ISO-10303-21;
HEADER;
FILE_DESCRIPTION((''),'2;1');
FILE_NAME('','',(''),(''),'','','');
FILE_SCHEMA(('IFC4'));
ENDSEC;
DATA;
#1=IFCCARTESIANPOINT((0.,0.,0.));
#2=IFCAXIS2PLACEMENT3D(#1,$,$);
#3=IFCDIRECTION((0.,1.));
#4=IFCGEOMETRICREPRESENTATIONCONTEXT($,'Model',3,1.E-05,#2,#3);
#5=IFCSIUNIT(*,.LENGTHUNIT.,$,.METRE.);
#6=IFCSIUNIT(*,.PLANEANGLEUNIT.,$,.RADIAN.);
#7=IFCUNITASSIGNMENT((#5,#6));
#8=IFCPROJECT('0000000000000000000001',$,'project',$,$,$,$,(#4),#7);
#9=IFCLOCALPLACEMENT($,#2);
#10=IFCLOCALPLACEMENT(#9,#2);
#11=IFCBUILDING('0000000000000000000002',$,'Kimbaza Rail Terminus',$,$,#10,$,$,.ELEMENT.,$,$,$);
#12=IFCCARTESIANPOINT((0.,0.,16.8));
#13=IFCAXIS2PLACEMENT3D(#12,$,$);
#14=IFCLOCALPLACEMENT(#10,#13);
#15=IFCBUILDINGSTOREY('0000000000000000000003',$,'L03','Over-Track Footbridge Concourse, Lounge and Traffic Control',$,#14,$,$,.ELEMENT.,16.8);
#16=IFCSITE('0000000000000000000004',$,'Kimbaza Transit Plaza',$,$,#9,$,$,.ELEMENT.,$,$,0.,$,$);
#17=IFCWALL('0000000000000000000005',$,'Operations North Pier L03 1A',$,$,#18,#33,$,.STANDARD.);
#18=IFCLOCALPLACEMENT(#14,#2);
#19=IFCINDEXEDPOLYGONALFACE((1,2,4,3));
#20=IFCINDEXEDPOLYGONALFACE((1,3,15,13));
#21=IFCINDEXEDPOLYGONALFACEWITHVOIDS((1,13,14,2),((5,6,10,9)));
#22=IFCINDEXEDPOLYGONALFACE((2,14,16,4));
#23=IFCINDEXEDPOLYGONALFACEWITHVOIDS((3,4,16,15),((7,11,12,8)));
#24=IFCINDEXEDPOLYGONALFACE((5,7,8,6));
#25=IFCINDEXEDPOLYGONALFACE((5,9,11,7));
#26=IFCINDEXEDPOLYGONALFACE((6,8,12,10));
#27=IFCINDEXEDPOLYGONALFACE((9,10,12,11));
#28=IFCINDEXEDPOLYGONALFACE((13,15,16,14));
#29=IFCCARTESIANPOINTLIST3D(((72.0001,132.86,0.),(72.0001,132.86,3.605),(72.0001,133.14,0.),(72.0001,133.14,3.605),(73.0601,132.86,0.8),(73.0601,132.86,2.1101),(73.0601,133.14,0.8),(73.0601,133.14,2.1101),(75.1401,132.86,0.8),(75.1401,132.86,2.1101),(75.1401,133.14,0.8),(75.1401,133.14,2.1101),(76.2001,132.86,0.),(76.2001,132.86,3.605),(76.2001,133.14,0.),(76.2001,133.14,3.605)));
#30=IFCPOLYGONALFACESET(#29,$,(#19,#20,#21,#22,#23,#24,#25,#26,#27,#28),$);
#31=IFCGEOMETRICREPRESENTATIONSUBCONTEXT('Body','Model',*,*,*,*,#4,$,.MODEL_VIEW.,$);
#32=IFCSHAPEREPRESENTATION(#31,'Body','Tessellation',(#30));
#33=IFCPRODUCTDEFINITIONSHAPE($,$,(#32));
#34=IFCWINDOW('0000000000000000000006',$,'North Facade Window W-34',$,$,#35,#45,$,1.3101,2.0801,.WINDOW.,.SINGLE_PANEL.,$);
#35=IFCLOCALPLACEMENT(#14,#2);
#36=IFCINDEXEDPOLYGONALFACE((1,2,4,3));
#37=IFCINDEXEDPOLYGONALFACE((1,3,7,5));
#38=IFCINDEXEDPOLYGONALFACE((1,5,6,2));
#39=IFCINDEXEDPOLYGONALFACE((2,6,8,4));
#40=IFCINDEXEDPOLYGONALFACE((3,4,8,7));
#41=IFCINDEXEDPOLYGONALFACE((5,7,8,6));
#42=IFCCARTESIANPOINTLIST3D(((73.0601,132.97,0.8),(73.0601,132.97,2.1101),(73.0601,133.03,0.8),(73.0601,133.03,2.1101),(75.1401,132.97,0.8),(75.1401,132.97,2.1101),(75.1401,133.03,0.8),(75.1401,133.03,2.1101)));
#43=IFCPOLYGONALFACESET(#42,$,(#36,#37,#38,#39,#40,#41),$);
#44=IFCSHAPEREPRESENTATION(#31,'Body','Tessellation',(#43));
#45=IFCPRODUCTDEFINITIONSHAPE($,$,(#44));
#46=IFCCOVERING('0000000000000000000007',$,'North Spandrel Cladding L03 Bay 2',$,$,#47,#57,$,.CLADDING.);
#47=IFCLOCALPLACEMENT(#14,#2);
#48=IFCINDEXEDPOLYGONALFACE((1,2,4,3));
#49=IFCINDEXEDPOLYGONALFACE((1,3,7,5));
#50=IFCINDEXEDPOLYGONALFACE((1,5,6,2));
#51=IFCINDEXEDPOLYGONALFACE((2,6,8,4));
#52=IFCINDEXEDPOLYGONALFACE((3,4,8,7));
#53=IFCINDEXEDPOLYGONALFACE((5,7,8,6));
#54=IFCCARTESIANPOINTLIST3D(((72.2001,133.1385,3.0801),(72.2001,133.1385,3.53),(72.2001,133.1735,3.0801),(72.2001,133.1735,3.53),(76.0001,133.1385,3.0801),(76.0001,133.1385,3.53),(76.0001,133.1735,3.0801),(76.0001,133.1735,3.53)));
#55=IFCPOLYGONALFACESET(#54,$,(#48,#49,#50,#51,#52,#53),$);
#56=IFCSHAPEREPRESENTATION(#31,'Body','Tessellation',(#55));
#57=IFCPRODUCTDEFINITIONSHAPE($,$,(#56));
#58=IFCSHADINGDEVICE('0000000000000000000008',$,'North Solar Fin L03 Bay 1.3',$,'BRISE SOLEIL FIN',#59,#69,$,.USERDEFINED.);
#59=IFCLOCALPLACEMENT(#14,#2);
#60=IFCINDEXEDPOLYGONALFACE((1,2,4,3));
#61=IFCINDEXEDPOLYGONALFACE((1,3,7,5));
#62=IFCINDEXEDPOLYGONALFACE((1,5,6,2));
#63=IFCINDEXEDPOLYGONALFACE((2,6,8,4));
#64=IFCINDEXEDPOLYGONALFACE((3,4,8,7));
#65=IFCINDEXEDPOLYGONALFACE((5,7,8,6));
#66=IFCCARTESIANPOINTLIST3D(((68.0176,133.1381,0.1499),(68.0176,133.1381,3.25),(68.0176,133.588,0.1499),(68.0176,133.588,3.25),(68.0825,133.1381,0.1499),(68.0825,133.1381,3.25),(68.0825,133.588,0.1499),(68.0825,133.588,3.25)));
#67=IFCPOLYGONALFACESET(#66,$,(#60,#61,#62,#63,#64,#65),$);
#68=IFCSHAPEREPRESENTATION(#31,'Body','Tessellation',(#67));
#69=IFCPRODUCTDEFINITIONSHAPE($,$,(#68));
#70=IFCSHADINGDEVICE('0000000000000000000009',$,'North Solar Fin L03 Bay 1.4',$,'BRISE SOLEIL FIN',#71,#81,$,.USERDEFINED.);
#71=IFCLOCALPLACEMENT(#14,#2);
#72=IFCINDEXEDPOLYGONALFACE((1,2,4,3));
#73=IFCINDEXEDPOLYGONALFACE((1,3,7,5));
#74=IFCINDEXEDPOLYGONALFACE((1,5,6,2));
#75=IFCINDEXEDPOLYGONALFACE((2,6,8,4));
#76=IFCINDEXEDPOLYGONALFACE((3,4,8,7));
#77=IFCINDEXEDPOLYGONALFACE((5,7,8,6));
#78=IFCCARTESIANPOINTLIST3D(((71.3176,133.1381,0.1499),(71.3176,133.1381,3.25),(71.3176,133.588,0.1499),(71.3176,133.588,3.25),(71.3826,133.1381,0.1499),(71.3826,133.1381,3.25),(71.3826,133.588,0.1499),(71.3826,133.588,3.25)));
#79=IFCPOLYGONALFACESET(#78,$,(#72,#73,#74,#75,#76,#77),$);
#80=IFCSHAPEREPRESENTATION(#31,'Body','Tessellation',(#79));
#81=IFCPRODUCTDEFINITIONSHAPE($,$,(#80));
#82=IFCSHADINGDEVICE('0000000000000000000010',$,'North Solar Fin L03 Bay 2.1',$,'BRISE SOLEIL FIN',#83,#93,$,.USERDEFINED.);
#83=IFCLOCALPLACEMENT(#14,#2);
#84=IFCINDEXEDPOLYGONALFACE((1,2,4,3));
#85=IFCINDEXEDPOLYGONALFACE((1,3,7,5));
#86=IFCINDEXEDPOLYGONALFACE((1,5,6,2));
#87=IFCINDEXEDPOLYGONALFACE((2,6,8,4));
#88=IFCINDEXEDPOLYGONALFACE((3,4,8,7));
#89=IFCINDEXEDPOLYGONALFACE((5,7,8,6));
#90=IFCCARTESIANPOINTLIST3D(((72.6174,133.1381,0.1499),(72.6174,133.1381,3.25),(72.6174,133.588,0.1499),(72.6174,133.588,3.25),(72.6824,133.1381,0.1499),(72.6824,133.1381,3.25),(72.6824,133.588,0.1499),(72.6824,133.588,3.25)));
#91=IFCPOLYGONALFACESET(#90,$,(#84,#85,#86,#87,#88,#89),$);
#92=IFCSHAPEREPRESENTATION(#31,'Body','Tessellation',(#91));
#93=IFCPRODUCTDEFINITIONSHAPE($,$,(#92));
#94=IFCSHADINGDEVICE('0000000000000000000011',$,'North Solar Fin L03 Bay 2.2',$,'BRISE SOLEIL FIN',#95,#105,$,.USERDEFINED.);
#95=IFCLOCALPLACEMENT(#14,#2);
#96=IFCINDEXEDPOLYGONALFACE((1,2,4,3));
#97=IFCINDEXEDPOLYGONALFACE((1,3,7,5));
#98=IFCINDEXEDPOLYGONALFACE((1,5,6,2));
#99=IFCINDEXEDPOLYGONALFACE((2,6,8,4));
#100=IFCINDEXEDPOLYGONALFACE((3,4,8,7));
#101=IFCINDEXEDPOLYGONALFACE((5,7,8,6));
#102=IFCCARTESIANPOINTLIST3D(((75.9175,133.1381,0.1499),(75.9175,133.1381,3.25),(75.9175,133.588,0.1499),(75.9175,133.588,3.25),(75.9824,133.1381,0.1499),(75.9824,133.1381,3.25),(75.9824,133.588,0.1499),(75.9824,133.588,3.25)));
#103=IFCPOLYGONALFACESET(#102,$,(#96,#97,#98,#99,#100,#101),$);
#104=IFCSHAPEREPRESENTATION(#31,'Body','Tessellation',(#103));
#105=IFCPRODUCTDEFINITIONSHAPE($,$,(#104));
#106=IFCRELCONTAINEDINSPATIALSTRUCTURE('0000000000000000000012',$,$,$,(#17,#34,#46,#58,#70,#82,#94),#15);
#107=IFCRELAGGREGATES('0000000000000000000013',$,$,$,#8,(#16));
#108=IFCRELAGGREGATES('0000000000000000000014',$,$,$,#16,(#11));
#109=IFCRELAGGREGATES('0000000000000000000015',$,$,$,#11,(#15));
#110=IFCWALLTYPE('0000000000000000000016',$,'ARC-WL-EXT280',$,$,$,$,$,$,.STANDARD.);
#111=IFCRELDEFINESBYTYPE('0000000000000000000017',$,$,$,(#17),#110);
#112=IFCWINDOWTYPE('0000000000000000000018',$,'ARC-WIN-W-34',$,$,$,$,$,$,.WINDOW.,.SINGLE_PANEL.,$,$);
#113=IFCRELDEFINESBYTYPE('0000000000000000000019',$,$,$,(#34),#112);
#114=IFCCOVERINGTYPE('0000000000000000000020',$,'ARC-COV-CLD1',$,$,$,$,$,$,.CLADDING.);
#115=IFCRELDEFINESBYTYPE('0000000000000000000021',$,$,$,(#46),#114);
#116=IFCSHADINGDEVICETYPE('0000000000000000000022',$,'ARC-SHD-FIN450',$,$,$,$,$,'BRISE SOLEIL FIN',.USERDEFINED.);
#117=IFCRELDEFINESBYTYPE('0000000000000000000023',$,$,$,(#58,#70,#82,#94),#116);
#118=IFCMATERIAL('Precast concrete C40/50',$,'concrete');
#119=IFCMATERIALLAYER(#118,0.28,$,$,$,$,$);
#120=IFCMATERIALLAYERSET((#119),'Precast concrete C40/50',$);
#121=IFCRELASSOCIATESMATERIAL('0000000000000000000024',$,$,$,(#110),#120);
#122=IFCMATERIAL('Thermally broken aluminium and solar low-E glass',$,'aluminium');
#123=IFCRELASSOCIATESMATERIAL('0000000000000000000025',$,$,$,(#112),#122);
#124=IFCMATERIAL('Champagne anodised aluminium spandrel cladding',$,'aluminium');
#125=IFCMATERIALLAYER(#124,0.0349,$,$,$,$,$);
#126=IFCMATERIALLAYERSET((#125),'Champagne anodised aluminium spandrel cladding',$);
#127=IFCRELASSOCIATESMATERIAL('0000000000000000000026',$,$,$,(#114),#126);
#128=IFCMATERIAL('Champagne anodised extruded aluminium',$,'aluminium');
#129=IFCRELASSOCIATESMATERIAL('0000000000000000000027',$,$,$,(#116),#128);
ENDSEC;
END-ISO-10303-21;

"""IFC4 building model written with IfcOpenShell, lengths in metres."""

from ifc_helpers import new_model, si_unit, direction, frame, frame_2d, origin, origin_2d, place, context, subcontext, project, spatial, rectangle, extrude, material, layer, layer_set, type_object, element, fill, save


model = new_model("IFC4")

# Units and contexts
model_context = context("Model", 3, precision=1e-05, world=origin(), true_north=direction((0.0, 1.0)))
body_context = subcontext(model_context, "Body", "Model", "MODEL_VIEW")
ifc_project = project(units=[si_unit("LENGTHUNIT", "METRE"), si_unit("PLANEANGLEUNIT", "RADIAN")], contexts=[model_context])

# Site, building, storey
site_placement = place(None, origin())
site = spatial("IfcSite", under=ifc_project, at=site_placement, Name="Kimbaza Transit Plaza", CompositionType="ELEMENT", RefElevation=0.0)
building_placement = place(site_placement, origin())
building = spatial("IfcBuilding", under=site, at=building_placement, Name="Kimbaza Rail Terminus", CompositionType="ELEMENT")
storey_placement = place(building_placement, frame((0.0, 0.0, 16.8)))
storey = spatial("IfcBuildingStorey", under=building, at=storey_placement, Name="L03", Description="Over-Track Footbridge Concourse, Lounge and Traffic Control", CompositionType="ELEMENT", Elevation=16.8)

# Wall, opening, window
ifc_material_1 = material(Name="Precast concrete C40/50", Category="concrete")
ifc_layer_1 = layer(ifc_material_1, 0.28)
ifc_layer_set_1 = layer_set([ifc_layer_1], Name="Precast concrete C40/50")
wall_type = type_object("IfcWallType", Name="ARC-WL-EXT280", PredefinedType="STANDARD", material=ifc_layer_set_1)
wall_1_placement = place(storey_placement, frame((72.0, 133.0, 0.0), z_axis=(0.0, 0.0, 1.0), x_axis=(1.0, 0.0, 0.0)))
wall_1 = element("IfcWall", 1, at=wall_1_placement, inside=storey, type_object=wall_type, Name="Operations North Pier L03 1A", PredefinedType="STANDARD", context=body_context, shape_type="SweptSolid", body=[
    extrude(rectangle(XDim=4.2, YDim=0.28, at=frame_2d((2.1001, 0.0))), origin(), (0.0, 0.0, 1.0), 3.605),
])
opening_1_placement = place(wall_1_placement, frame((1.0601, 0.0, 0.8)))
opening_1 = element("IfcOpeningElement", 2, at=opening_1_placement, cuts=wall_1, PredefinedType="OPENING", context=body_context, shape_type="SweptSolid", body=[
    extrude(rectangle(XDim=2.0801, YDim=1.3101, at=frame_2d((1.04, 0.655))), frame((0.0, 0.1499, 0.0), z_axis=(0.0, -1.0, 0.0), x_axis=(1.0, 0.0, 0.0)), (0.0, 0.0, 1.0), 0.3),
])
ifc_material_2 = material(Name="Thermally broken aluminium and solar low-E glass", Category="aluminium")
window_type_1 = type_object("IfcWindowType", Name="ARC-WIN-W-34", PartitioningType="SINGLE_PANEL", PredefinedType="WINDOW", material=ifc_material_2)
window_1_placement = place(opening_1_placement, origin())
window_1 = element("IfcWindow", 3, at=window_1_placement, inside=storey, type_object=window_type_1, Name="North Facade Window W-34", OverallHeight=1.3101, OverallWidth=2.0801, PartitioningType="SINGLE_PANEL", PredefinedType="WINDOW", context=body_context, shape_type="SweptSolid", body=[
    extrude(rectangle(XDim=2.0801, YDim=1.3101, at=frame_2d((1.04, 0.655))), frame((0.0, 0.03, 0.0), z_axis=(0.0, -1.0, 0.0), x_axis=(1.0, 0.0, 0.0)), (0.0, 0.0, 1.0), 0.0601),
])
fill(opening_1, window_1)

# Covering
ifc_material_3 = material(Name="Champagne anodised aluminium spandrel cladding", Category="aluminium")
ifc_layer_2 = layer(ifc_material_3, 0.0349)
ifc_layer_set_2 = layer_set([ifc_layer_2], Name="Champagne anodised aluminium spandrel cladding")
covering_type = type_object("IfcCoveringType", Name="ARC-COV-CLD1", PredefinedType="CLADDING", material=ifc_layer_set_2)
covering_placement = place(storey_placement, frame((74.1001, 133.156, 3.0801), z_axis=(0.0, 0.0, 1.0), x_axis=(1.0, 0.0, 0.0)))
element("IfcCovering", 4, at=covering_placement, inside=storey, type_object=covering_type, Name="North Spandrel Cladding L03 Bay 2", PredefinedType="CLADDING", context=body_context, shape_type="SweptSolid", body=[
    extrude(rectangle(XDim=3.8, YDim=0.0349, at=origin_2d()), origin(), (0.0, 0.0, 1.0), 0.45),
])

# Shading devices
ifc_material_4 = material(Name="Champagne anodised extruded aluminium", Category="aluminium")
shading_device_type = type_object("IfcShadingDeviceType", Name="ARC-SHD-FIN450", ElementType="BRISE SOLEIL FIN", PredefinedType="USERDEFINED", material=ifc_material_4)
for number, where, z_axis, x_axis, name in (
    (5, (68.05, 133.363, 0.1499), (0.0, 0.0, 1.0), (1.0, 0.0, 0.0), "North Solar Fin L03 Bay 1.3"),
    (6, (71.3501, 133.363, 0.1499), (0.0, 0.0, 1.0), (1.0, 0.0, 0.0), "North Solar Fin L03 Bay 1.4"),
    (7, (72.6499, 133.363, 0.1499), (0.0, 0.0, 1.0), (1.0, 0.0, 0.0), "North Solar Fin L03 Bay 2.1"),
    (8, (75.95, 133.363, 0.1499), (0.0, 0.0, 1.0), (1.0, 0.0, 0.0), "North Solar Fin L03 Bay 2.2"),
):
    element("IfcShadingDevice", number, at=place(storey_placement, frame(where, z_axis=z_axis, x_axis=x_axis)), inside=storey, type_object=shading_device_type, Name=name, ObjectType="BRISE SOLEIL FIN", PredefinedType="USERDEFINED", context=body_context, shape_type="SweptSolid", body=[
        extrude(rectangle(XDim=0.0649, YDim=0.45, at=origin_2d()), origin(), (0.0, 0.0, 1.0), 3.1001),
    ])

save(model, "model.ifc")
